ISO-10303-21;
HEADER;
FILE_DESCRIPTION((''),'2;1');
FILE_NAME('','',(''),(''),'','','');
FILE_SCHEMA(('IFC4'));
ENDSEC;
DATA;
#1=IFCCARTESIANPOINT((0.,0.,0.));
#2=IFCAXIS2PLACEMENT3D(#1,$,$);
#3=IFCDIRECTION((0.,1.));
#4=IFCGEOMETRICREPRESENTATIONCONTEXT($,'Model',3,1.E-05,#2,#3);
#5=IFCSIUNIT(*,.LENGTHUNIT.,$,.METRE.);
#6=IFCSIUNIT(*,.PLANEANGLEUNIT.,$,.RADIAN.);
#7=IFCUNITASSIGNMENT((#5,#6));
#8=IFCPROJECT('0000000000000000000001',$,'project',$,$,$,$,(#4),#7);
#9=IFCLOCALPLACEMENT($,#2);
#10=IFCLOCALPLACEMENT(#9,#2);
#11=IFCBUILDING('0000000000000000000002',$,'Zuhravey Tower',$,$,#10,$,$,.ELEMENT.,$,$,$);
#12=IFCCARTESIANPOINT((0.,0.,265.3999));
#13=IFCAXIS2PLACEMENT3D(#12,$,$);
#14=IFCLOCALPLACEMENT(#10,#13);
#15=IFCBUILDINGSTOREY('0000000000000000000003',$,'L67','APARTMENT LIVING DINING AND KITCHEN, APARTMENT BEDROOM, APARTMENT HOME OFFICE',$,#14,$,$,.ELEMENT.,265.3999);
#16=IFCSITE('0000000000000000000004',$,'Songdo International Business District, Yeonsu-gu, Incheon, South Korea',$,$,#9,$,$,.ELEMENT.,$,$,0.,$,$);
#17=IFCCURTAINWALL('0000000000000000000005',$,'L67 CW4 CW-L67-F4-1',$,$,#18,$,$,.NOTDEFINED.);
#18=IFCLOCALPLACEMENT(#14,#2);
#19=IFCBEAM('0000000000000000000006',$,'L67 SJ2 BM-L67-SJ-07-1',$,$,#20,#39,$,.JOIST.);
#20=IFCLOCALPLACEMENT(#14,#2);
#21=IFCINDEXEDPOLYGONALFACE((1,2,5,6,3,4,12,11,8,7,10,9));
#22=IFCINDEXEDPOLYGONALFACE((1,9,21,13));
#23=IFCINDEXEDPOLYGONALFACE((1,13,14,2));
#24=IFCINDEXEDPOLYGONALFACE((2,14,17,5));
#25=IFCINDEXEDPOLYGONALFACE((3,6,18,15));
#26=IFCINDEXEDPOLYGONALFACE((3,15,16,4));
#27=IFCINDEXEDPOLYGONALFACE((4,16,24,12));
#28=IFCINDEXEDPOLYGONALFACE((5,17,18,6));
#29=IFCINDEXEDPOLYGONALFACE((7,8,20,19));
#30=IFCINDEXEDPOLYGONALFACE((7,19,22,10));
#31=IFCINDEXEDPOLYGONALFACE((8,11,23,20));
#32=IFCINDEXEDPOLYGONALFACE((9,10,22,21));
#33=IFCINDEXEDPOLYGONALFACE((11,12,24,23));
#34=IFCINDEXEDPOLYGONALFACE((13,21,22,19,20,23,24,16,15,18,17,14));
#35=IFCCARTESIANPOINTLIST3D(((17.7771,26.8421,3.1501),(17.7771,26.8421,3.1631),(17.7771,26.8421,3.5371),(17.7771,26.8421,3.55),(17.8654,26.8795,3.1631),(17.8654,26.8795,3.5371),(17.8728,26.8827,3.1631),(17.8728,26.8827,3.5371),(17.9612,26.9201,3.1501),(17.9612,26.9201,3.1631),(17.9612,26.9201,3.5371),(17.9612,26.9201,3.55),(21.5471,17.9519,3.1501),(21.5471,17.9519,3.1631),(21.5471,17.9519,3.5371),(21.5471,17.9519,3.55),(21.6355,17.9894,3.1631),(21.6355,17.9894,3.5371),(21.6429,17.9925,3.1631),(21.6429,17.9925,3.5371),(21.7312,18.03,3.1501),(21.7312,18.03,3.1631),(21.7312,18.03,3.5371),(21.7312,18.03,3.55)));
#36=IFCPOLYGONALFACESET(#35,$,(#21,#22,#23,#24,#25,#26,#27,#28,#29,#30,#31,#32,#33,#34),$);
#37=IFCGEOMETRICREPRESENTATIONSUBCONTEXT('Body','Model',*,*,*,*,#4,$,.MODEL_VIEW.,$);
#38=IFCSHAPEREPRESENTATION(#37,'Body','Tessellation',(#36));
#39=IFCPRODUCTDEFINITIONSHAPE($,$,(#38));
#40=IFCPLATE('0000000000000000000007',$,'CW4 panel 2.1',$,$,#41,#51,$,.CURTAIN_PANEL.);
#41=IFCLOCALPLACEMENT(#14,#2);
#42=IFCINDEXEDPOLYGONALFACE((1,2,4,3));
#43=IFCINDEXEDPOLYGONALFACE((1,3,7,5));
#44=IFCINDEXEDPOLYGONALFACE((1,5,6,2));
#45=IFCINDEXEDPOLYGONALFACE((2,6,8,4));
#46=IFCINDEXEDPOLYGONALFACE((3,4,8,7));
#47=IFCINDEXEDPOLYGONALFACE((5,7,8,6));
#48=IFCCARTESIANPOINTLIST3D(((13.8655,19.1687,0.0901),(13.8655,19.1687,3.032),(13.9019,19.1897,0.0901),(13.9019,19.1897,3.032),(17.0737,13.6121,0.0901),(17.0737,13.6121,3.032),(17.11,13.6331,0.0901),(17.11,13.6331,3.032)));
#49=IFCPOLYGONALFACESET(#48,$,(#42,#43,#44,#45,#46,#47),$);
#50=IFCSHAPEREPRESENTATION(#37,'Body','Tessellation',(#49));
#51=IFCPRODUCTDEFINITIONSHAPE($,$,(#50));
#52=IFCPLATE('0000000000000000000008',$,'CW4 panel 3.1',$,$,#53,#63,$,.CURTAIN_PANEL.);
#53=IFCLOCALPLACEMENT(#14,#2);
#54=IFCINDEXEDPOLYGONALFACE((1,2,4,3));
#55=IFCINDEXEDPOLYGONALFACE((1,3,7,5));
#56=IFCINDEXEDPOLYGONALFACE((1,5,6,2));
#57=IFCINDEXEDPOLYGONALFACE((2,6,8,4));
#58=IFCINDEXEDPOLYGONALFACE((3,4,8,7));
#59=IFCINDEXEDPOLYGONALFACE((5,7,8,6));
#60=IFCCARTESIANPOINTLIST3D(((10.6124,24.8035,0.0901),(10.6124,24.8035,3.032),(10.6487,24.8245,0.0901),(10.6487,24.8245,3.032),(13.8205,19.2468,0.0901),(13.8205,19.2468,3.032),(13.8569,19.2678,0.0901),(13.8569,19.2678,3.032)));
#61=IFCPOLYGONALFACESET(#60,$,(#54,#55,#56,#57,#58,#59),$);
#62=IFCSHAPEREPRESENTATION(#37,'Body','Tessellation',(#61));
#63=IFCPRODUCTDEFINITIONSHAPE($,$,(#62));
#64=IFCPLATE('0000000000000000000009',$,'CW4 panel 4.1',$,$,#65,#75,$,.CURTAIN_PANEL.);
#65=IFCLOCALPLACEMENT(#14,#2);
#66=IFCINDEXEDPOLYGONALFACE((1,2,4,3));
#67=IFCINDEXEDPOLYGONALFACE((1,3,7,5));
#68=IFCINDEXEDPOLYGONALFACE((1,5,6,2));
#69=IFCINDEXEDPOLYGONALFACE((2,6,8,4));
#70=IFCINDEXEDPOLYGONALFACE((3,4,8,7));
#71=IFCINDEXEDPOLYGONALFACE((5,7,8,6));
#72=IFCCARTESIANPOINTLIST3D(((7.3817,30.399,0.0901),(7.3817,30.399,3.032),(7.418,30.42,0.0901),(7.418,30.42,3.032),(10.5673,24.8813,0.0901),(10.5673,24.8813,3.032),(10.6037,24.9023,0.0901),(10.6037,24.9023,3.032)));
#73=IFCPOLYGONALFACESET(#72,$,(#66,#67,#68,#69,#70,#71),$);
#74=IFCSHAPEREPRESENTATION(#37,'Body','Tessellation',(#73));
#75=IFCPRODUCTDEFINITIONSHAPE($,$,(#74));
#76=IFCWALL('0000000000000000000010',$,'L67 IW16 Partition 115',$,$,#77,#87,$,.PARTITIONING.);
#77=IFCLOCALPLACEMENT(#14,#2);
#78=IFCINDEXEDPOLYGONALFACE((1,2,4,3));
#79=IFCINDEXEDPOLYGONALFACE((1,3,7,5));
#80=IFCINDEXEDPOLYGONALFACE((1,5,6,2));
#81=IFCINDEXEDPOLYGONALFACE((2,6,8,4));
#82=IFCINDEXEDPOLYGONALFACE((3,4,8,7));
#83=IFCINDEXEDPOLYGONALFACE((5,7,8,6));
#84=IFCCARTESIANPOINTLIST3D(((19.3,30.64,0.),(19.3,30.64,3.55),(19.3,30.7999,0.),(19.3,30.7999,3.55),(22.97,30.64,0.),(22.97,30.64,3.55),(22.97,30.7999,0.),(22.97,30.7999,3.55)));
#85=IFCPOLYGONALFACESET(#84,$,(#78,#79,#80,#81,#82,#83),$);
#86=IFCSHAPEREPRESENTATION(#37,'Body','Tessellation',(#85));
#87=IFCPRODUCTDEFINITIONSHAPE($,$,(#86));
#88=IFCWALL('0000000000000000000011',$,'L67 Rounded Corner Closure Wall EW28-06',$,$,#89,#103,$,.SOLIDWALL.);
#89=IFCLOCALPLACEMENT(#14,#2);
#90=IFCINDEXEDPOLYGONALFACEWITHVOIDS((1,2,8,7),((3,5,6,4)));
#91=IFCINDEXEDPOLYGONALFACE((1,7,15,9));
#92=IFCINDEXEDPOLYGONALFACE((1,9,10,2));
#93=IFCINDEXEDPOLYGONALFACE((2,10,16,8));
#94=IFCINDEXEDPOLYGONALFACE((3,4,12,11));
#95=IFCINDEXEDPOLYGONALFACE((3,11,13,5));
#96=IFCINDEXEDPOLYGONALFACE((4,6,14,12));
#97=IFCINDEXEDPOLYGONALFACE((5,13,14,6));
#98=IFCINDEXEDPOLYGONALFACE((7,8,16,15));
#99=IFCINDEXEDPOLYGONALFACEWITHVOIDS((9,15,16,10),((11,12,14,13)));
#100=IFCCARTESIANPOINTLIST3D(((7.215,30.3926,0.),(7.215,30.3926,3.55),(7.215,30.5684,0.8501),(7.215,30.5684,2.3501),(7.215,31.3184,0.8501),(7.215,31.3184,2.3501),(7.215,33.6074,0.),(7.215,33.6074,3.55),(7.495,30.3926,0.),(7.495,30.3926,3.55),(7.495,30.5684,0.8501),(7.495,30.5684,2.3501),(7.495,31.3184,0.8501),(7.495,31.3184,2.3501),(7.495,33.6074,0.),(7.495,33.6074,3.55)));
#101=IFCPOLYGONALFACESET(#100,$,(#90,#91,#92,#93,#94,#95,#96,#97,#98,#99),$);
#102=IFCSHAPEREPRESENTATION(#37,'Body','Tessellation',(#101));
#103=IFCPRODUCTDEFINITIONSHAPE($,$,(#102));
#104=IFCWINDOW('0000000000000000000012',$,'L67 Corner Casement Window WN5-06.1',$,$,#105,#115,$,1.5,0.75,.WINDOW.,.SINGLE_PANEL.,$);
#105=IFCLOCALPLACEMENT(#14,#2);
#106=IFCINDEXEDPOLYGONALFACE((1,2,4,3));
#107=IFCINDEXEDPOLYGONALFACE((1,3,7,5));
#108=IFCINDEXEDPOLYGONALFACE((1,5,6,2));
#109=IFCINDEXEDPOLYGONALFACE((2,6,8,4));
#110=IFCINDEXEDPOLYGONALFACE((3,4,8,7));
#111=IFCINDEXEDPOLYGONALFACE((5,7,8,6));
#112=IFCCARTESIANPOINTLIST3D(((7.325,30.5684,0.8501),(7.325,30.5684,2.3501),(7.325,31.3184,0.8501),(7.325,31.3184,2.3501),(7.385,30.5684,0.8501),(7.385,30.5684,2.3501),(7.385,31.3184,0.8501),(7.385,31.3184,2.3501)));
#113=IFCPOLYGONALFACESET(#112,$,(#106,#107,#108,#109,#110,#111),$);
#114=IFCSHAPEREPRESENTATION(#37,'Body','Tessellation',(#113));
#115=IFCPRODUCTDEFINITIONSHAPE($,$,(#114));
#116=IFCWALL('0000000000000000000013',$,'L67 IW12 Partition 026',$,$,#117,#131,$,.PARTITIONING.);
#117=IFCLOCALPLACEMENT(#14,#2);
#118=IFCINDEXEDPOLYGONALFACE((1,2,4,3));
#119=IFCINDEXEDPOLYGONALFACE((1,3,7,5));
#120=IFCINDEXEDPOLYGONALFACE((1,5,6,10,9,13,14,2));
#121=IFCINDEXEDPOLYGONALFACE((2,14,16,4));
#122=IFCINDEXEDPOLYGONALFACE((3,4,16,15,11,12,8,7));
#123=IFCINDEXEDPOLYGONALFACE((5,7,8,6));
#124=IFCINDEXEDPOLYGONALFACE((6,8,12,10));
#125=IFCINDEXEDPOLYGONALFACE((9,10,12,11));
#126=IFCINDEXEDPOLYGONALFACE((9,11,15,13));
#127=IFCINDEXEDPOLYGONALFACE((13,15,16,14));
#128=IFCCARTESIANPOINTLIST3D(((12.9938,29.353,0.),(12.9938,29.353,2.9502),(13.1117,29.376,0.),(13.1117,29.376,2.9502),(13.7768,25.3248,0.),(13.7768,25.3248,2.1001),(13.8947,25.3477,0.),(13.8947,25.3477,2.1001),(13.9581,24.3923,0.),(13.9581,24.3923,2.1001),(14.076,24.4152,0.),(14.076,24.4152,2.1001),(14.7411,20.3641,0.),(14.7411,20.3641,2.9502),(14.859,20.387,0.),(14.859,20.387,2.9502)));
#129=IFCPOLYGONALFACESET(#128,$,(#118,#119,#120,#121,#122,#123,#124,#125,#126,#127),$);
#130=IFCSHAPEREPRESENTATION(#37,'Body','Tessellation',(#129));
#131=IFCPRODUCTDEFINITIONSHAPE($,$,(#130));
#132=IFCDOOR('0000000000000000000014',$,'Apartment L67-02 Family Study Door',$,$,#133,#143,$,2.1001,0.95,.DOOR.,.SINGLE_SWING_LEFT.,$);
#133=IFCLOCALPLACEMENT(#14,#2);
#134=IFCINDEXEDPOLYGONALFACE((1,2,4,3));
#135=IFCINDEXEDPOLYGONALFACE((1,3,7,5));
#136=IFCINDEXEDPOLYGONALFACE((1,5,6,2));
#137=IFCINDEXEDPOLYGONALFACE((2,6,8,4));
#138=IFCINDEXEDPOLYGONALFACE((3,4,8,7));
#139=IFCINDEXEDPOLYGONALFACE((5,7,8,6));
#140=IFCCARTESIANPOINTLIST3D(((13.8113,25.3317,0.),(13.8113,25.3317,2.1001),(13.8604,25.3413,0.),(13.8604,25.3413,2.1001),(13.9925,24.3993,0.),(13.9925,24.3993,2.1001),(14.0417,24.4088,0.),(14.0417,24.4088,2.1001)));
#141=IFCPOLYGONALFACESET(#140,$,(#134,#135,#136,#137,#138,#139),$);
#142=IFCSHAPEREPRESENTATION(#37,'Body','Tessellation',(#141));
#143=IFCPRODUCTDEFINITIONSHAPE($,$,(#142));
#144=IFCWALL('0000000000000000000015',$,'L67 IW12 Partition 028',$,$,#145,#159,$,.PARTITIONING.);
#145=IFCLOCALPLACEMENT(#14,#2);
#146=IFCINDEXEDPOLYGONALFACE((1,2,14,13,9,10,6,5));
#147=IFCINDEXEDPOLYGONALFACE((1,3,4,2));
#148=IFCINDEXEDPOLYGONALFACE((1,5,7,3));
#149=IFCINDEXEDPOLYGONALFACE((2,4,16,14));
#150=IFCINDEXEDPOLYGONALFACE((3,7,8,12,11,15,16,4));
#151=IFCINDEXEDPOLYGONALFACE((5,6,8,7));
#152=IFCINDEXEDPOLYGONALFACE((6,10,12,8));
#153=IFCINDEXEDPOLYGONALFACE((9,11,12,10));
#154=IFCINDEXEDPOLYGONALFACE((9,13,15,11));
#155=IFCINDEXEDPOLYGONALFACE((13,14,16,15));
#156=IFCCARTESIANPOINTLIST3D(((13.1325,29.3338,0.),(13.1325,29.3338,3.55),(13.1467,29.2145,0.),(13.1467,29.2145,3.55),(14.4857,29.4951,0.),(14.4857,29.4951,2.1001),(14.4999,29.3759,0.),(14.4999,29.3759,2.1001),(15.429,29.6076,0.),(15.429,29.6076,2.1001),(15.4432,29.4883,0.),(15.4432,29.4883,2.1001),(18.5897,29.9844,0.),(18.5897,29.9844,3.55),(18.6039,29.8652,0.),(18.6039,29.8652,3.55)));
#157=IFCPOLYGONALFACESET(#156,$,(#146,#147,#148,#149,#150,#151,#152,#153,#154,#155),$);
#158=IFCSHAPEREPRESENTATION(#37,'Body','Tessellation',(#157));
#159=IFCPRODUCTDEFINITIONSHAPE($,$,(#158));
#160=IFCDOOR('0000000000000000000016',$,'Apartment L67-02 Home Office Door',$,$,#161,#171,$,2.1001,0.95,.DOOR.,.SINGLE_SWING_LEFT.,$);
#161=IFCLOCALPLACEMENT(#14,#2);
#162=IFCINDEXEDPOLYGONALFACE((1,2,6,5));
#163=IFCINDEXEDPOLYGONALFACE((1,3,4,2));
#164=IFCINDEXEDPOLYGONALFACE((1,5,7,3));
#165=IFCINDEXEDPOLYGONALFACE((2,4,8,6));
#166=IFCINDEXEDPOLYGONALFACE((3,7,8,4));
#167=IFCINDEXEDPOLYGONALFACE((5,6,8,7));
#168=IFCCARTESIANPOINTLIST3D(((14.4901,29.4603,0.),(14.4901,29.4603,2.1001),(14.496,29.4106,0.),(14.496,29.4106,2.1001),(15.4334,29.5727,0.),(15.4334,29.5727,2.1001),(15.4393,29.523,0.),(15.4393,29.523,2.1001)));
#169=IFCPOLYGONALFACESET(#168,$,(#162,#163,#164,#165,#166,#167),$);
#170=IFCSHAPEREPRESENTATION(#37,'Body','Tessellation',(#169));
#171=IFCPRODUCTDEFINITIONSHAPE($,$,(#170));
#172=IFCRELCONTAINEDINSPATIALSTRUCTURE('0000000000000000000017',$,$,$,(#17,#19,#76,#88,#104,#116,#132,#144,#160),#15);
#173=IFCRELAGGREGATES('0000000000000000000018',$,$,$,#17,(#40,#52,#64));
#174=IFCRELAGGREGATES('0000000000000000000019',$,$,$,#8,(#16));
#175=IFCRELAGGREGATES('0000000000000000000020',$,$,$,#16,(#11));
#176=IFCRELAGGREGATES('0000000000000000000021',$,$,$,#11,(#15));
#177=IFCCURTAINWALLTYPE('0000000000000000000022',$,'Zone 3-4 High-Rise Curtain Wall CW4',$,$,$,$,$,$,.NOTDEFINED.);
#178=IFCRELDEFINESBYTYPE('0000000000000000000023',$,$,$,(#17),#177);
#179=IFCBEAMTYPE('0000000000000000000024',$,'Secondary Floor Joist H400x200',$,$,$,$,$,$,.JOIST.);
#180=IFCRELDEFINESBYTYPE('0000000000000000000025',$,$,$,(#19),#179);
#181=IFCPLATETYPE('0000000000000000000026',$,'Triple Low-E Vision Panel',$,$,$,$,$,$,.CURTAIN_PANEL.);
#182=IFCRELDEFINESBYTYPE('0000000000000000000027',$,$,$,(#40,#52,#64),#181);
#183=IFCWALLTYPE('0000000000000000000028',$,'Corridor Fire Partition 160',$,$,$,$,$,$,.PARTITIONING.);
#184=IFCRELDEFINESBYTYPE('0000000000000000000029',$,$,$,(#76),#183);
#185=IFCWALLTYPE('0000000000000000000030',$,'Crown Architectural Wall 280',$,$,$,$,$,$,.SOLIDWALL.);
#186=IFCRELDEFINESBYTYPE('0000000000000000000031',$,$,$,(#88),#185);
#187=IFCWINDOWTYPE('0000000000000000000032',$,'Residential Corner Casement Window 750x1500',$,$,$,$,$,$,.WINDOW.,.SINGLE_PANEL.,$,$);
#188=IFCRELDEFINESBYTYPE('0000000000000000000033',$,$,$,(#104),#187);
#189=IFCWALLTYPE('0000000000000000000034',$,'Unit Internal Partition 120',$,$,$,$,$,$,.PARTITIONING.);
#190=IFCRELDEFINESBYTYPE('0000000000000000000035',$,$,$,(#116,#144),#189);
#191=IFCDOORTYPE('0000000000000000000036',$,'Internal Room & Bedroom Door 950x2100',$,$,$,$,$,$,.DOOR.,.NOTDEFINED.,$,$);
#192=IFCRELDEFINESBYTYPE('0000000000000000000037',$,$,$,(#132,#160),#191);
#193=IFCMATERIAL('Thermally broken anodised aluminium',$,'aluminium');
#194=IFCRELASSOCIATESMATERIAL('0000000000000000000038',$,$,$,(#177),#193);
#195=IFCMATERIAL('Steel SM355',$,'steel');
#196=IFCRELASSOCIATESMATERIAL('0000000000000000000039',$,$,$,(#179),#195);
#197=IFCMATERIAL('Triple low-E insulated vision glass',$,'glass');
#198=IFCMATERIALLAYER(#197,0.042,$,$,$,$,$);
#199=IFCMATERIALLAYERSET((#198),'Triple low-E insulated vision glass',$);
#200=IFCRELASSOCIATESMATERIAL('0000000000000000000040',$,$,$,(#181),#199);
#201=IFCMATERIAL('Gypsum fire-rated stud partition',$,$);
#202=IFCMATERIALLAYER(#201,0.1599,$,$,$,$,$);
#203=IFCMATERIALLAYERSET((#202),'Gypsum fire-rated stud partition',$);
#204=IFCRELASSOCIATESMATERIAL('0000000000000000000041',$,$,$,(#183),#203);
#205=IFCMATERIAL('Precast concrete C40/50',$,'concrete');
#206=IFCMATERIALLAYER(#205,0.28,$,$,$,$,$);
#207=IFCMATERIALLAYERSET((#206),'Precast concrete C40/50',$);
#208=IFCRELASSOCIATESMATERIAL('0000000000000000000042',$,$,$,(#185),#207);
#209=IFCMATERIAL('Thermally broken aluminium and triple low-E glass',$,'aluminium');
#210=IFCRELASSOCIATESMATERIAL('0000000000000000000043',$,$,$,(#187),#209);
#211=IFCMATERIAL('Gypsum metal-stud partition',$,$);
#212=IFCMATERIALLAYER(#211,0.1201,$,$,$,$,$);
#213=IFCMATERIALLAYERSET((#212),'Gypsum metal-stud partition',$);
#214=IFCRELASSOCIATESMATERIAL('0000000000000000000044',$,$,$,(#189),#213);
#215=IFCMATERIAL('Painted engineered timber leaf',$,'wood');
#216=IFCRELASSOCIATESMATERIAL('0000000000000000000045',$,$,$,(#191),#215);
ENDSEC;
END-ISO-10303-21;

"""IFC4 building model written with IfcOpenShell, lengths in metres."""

from ifc_helpers import new_model, si_unit, direction, frame, frame_2d, origin, origin_2d, place, context, subcontext, project, spatial, rectangle, i_section, extrude, material, layer, layer_set, material_profile, profile_set, type_object, element, fill, aggregate, save


model = new_model("IFC4")

# Units and contexts
model_context = context("Model", 3, precision=1e-05, world=origin(), true_north=direction((0.0, 1.0)))
body_context = subcontext(model_context, "Body", "Model", "MODEL_VIEW")
ifc_project = project(units=[si_unit("LENGTHUNIT", "METRE"), si_unit("PLANEANGLEUNIT", "RADIAN")], contexts=[model_context])

# Site, building, storey
site_placement = place(None, origin())
site = spatial("IfcSite", under=ifc_project, at=site_placement, Name="Songdo International Business District, Yeonsu-gu, Incheon, South Korea", CompositionType="ELEMENT", RefElevation=0.0)
building_placement = place(site_placement, origin())
building = spatial("IfcBuilding", under=site, at=building_placement, Name="Zuhravey Tower", CompositionType="ELEMENT")
storey_placement = place(building_placement, frame((0.0, 0.0, 265.3999)))
storey = spatial("IfcBuildingStorey", under=building, at=storey_placement, Name="L67", Description="APARTMENT LIVING DINING AND KITCHEN, APARTMENT BEDROOM, APARTMENT HOME OFFICE", CompositionType="ELEMENT", Elevation=265.3999)

# Curtain wall
ifc_material_1 = material(Name="Thermally broken anodised aluminium", Category="aluminium")
curtain_wall_type = type_object("IfcCurtainWallType", Name="Zone 3-4 High-Rise Curtain Wall CW4", PredefinedType="NOTDEFINED", material=ifc_material_1)
curtain_wall_placement = place(storey_placement, origin())
curtain_wall = element("IfcCurtainWall", 1, at=curtain_wall_placement, inside=storey, type_object=curtain_wall_type, Name="L67 CW4 CW-L67-F4-1", PredefinedType="NOTDEFINED")

# Beam
ifc_material_2 = material(Name="Steel SM355", Category="steel")
ifc_material_profile_1 = material_profile(ifc_material_2, i_section(OverallWidth=0.2, OverallDepth=0.3999, WebThickness=0.0081, FlangeThickness=0.0129, at=origin_2d()), Name="H-400x200x8x13")
ifc_profile_set_1 = profile_set([ifc_material_profile_1], Name="Steel SM355")
beam_type_1 = type_object("IfcBeamType", Name="Secondary Floor Joist H400x200", PredefinedType="JOIST", material=ifc_profile_set_1)
beam_1_placement = place(storey_placement, frame((17.8691, 26.8811, 3.3501), z_axis=(0.390413, -0.92064, 0.0), x_axis=(0.92064, 0.390413, 0.0)))
element("IfcBeam", 2, at=beam_1_placement, inside=storey, type_object=beam_type_1, Name="L67 SJ2 BM-L67-SJ-07-1", PredefinedType="JOIST", context=body_context, shape_type="SweptSolid", body=[
    extrude(i_section(OverallWidth=0.2, OverallDepth=0.3999, WebThickness=0.0081, FlangeThickness=0.0129, at=origin_2d()), origin(), (0.0, 0.0, 1.0), 9.6565),
])

# Plates
ifc_material_3 = material(Name="Triple low-E insulated vision glass", Category="glass")
ifc_layer_1 = layer(ifc_material_3, 0.042)
ifc_layer_set_1 = layer_set([ifc_layer_1], Name="Triple low-E insulated vision glass")
plate_type = type_object("IfcPlateType", Name="Triple Low-E Vision Panel", PredefinedType="CURTAIN_PANEL", material=ifc_layer_set_1)
plate_1_placement = place(storey_placement, frame((15.4878, 16.4009, 0.0901), z_axis=(0.0, 0.0, 1.0), x_axis=(-0.500001, 0.866025, 0.0)))
plate_1 = element("IfcPlate", 3, at=plate_1_placement, type_object=plate_type, Name="CW4 panel 2.1", PredefinedType="CURTAIN_PANEL", context=body_context, shape_type="SweptSolid", body=[
    extrude(rectangle(XDim=6.4163, YDim=0.042, at=origin_2d()), origin(), (0.0, 0.0, 1.0), 2.9419),
])
plate_2_placement = place(storey_placement, frame((12.2346, 22.0356, 0.0901), z_axis=(0.0, 0.0, 1.0), x_axis=(-0.500001, 0.866025, 0.0)))
plate_2 = element("IfcPlate", 4, at=plate_2_placement, type_object=plate_type, Name="CW4 panel 3.1", PredefinedType="CURTAIN_PANEL", context=body_context, shape_type="SweptSolid", body=[
    extrude(rectangle(XDim=6.4163, YDim=0.042, at=origin_2d()), origin(), (0.0, 0.0, 1.0), 2.9419),
])
plate_3_placement = place(storey_placement, frame((8.9927, 27.6506, 0.0901), z_axis=(0.0, 0.0, 1.0), x_axis=(-0.500001, 0.866025, 0.0)))
plate_3 = element("IfcPlate", 5, at=plate_3_placement, type_object=plate_type, Name="CW4 panel 4.1", PredefinedType="CURTAIN_PANEL", context=body_context, shape_type="SweptSolid", body=[
    extrude(rectangle(XDim=6.3713, YDim=0.042, at=origin_2d()), origin(), (0.0, 0.0, 1.0), 2.9419),
])
aggregate(curtain_wall, [plate_1, plate_2, plate_3])

# Wall
ifc_material_4 = material(Name="Gypsum fire-rated stud partition")
ifc_layer_2 = layer(ifc_material_4, 0.1599)
ifc_layer_set_2 = layer_set([ifc_layer_2], Name="Gypsum fire-rated stud partition")
wall_type_1 = type_object("IfcWallType", Name="Corridor Fire Partition 160", PredefinedType="PARTITIONING", material=ifc_layer_set_2)
wall_1_placement = place(storey_placement, frame((19.3, 30.72, 0.0), z_axis=(0.0, 0.0, 1.0), x_axis=(1.0, 0.0, 0.0)))
element("IfcWall", 6, at=wall_1_placement, inside=storey, type_object=wall_type_1, Name="L67 IW16 Partition 115", PredefinedType="PARTITIONING", context=body_context, shape_type="SweptSolid", body=[
    extrude(rectangle(XDim=3.6699, YDim=0.1599, at=frame_2d((1.835, 0.0))), origin(), (0.0, 0.0, 1.0), 3.55),
])

# Wall, opening, window
ifc_material_5 = material(Name="Precast concrete C40/50", Category="concrete")
ifc_layer_3 = layer(ifc_material_5, 0.28)
ifc_layer_set_3 = layer_set([ifc_layer_3], Name="Precast concrete C40/50")
wall_type_2 = type_object("IfcWallType", Name="Crown Architectural Wall 280", PredefinedType="SOLIDWALL", material=ifc_layer_set_3)
wall_2_placement = place(storey_placement, frame((7.355, 30.3926, 0.0), z_axis=(0.0, 0.0, 1.0), x_axis=(0.0, 1.0, 0.0)))
wall_2 = element("IfcWall", 7, at=wall_2_placement, inside=storey, type_object=wall_type_2, Name="L67 Rounded Corner Closure Wall EW28-06", PredefinedType="SOLIDWALL", context=body_context, shape_type="SweptSolid", body=[
    extrude(rectangle(XDim=3.2148, YDim=0.28, at=frame_2d((1.6074, 0.0))), origin(), (0.0, 0.0, 1.0), 3.55),
])
opening_1_placement = place(wall_2_placement, frame((0.1758, 0.0, 0.8501)))
opening_1 = element("IfcOpeningElement", 8, at=opening_1_placement, cuts=wall_2, PredefinedType="OPENING", context=body_context, shape_type="SweptSolid", body=[
    extrude(rectangle(XDim=0.75, YDim=1.5, at=frame_2d((0.375, 0.75))), frame((0.0, 0.1521, 0.0), z_axis=(0.0, -1.0, 0.0), x_axis=(1.0, 0.0, 0.0)), (0.0, 0.0, 1.0), 0.304),
])
ifc_material_6 = material(Name="Thermally broken aluminium and triple low-E glass", Category="aluminium")
window_type = type_object("IfcWindowType", Name="Residential Corner Casement Window 750x1500", PartitioningType="SINGLE_PANEL", PredefinedType="WINDOW", material=ifc_material_6)
window_placement = place(opening_1_placement, origin())
window = element("IfcWindow", 9, at=window_placement, inside=storey, type_object=window_type, Name="L67 Corner Casement Window WN5-06.1", OverallHeight=1.5, OverallWidth=0.75, PartitioningType="SINGLE_PANEL", PredefinedType="WINDOW", context=body_context, shape_type="SweptSolid", body=[
    extrude(rectangle(XDim=0.75, YDim=1.5, at=frame_2d((0.375, 0.75))), frame((0.0, 0.03, 0.0), z_axis=(0.0, -1.0, 0.0), x_axis=(1.0, 0.0, 0.0)), (0.0, 0.0, 1.0), 0.0601),
])
fill(opening_1, window)

# Walls, openings, doors
ifc_material_7 = material(Name="Gypsum metal-stud partition")
ifc_layer_4 = layer(ifc_material_7, 0.1201)
ifc_layer_set_4 = layer_set([ifc_layer_4], Name="Gypsum metal-stud partition")
wall_type_3 = type_object("IfcWallType", Name="Unit Internal Partition 120", PredefinedType="PARTITIONING", material=ifc_layer_set_4)
wall_3_placement = place(storey_placement, frame((13.0527, 29.3645, 0.0), z_axis=(0.0, 0.0, 1.0), x_axis=(0.190812, -0.981627, 0.0)))
wall_3 = element("IfcWall", 10, at=wall_3_placement, inside=storey, type_object=wall_type_3, Name="L67 IW12 Partition 026", PredefinedType="PARTITIONING", context=body_context, shape_type="SweptSolid", body=[
    extrude(rectangle(XDim=9.1572, YDim=0.1201, at=frame_2d((4.5786, 0.0))), origin(), (0.0, 0.0, 1.0), 2.9502),
])
opening_2_placement = place(wall_3_placement, frame((4.1035, 0.0, 0.0)))
opening_2 = element("IfcOpeningElement", 11, at=opening_2_placement, cuts=wall_3, PredefinedType="OPENING", context=body_context, shape_type="SweptSolid", body=[
    extrude(rectangle(XDim=0.95, YDim=2.1001, at=frame_2d((0.4751, 1.05))), frame((0.0, 0.072, 0.0), z_axis=(0.0, -1.0, 0.0), x_axis=(1.0, 0.0, 0.0)), (0.0, 0.0, 1.0), 0.144),
])
ifc_material_8 = material(Name="Painted engineered timber leaf", Category="wood")
door_type = type_object("IfcDoorType", Name="Internal Room & Bedroom Door 950x2100", OperationType="NOTDEFINED", PredefinedType="DOOR", material=ifc_material_8)
door_1_placement = place(opening_2_placement, frame((0.95, 0.0, 0.0), z_axis=(0.0, 0.0, 1.0), x_axis=(-1.0, 0.0, 0.0)))
door_1 = element("IfcDoor", 12, at=door_1_placement, inside=storey, type_object=door_type, Name="Apartment L67-02 Family Study Door", OperationType="SINGLE_SWING_LEFT", OverallHeight=2.1001, OverallWidth=0.95, PredefinedType="DOOR", context=body_context, shape_type="SweptSolid", body=[
    extrude(rectangle(XDim=0.95, YDim=2.1001, at=frame_2d((0.4751, 1.05))), frame((0.0, 0.0249, 0.0), z_axis=(0.0, -1.0, 0.0), x_axis=(1.0, 0.0, 0.0)), (0.0, 0.0, 1.0), 0.05),
])
fill(opening_2, door_1)
wall_4_placement = place(storey_placement, frame((18.5969, 29.9248, 0.0), z_axis=(0.0, 0.0, 1.0), x_axis=(-0.992968, -0.118385, 0.0)))
wall_4 = element("IfcWall", 13, at=wall_4_placement, inside=storey, type_object=wall_type_3, Name="L67 IW12 Partition 028", PredefinedType="PARTITIONING", context=body_context, shape_type="SweptSolid", body=[
    extrude(rectangle(XDim=5.4958, YDim=0.1201, at=frame_2d((2.748, 0.0))), origin(), (0.0, 0.0, 1.0), 3.55),
])
opening_3_placement = place(wall_4_placement, frame((3.1831, 0.0, 0.0)))
opening_3 = element("IfcOpeningElement", 14, at=opening_3_placement, cuts=wall_4, PredefinedType="OPENING", context=body_context, shape_type="SweptSolid", body=[
    extrude(rectangle(XDim=0.95, YDim=2.1001, at=frame_2d((0.4751, 1.05))), frame((0.0, 0.072, 0.0), z_axis=(0.0, -1.0, 0.0), x_axis=(1.0, 0.0, 0.0)), (0.0, 0.0, 1.0), 0.144),
])
door_2_placement = place(opening_3_placement, frame((0.95, 0.0, 0.0), z_axis=(0.0, 0.0, 1.0), x_axis=(-1.0, 0.0, 0.0)))
door_2 = element("IfcDoor", 15, at=door_2_placement, inside=storey, type_object=door_type, Name="Apartment L67-02 Home Office Door", OperationType="SINGLE_SWING_LEFT", OverallHeight=2.1001, OverallWidth=0.95, PredefinedType="DOOR", context=body_context, shape_type="SweptSolid", body=[
    extrude(rectangle(XDim=0.95, YDim=2.1001, at=frame_2d((0.4751, 1.05))), frame((0.0, 0.0249, 0.0), z_axis=(0.0, -1.0, 0.0), x_axis=(1.0, 0.0, 0.0)), (0.0, 0.0, 1.0), 0.05),
])
fill(opening_3, door_2)

save(model, "model.ifc")
